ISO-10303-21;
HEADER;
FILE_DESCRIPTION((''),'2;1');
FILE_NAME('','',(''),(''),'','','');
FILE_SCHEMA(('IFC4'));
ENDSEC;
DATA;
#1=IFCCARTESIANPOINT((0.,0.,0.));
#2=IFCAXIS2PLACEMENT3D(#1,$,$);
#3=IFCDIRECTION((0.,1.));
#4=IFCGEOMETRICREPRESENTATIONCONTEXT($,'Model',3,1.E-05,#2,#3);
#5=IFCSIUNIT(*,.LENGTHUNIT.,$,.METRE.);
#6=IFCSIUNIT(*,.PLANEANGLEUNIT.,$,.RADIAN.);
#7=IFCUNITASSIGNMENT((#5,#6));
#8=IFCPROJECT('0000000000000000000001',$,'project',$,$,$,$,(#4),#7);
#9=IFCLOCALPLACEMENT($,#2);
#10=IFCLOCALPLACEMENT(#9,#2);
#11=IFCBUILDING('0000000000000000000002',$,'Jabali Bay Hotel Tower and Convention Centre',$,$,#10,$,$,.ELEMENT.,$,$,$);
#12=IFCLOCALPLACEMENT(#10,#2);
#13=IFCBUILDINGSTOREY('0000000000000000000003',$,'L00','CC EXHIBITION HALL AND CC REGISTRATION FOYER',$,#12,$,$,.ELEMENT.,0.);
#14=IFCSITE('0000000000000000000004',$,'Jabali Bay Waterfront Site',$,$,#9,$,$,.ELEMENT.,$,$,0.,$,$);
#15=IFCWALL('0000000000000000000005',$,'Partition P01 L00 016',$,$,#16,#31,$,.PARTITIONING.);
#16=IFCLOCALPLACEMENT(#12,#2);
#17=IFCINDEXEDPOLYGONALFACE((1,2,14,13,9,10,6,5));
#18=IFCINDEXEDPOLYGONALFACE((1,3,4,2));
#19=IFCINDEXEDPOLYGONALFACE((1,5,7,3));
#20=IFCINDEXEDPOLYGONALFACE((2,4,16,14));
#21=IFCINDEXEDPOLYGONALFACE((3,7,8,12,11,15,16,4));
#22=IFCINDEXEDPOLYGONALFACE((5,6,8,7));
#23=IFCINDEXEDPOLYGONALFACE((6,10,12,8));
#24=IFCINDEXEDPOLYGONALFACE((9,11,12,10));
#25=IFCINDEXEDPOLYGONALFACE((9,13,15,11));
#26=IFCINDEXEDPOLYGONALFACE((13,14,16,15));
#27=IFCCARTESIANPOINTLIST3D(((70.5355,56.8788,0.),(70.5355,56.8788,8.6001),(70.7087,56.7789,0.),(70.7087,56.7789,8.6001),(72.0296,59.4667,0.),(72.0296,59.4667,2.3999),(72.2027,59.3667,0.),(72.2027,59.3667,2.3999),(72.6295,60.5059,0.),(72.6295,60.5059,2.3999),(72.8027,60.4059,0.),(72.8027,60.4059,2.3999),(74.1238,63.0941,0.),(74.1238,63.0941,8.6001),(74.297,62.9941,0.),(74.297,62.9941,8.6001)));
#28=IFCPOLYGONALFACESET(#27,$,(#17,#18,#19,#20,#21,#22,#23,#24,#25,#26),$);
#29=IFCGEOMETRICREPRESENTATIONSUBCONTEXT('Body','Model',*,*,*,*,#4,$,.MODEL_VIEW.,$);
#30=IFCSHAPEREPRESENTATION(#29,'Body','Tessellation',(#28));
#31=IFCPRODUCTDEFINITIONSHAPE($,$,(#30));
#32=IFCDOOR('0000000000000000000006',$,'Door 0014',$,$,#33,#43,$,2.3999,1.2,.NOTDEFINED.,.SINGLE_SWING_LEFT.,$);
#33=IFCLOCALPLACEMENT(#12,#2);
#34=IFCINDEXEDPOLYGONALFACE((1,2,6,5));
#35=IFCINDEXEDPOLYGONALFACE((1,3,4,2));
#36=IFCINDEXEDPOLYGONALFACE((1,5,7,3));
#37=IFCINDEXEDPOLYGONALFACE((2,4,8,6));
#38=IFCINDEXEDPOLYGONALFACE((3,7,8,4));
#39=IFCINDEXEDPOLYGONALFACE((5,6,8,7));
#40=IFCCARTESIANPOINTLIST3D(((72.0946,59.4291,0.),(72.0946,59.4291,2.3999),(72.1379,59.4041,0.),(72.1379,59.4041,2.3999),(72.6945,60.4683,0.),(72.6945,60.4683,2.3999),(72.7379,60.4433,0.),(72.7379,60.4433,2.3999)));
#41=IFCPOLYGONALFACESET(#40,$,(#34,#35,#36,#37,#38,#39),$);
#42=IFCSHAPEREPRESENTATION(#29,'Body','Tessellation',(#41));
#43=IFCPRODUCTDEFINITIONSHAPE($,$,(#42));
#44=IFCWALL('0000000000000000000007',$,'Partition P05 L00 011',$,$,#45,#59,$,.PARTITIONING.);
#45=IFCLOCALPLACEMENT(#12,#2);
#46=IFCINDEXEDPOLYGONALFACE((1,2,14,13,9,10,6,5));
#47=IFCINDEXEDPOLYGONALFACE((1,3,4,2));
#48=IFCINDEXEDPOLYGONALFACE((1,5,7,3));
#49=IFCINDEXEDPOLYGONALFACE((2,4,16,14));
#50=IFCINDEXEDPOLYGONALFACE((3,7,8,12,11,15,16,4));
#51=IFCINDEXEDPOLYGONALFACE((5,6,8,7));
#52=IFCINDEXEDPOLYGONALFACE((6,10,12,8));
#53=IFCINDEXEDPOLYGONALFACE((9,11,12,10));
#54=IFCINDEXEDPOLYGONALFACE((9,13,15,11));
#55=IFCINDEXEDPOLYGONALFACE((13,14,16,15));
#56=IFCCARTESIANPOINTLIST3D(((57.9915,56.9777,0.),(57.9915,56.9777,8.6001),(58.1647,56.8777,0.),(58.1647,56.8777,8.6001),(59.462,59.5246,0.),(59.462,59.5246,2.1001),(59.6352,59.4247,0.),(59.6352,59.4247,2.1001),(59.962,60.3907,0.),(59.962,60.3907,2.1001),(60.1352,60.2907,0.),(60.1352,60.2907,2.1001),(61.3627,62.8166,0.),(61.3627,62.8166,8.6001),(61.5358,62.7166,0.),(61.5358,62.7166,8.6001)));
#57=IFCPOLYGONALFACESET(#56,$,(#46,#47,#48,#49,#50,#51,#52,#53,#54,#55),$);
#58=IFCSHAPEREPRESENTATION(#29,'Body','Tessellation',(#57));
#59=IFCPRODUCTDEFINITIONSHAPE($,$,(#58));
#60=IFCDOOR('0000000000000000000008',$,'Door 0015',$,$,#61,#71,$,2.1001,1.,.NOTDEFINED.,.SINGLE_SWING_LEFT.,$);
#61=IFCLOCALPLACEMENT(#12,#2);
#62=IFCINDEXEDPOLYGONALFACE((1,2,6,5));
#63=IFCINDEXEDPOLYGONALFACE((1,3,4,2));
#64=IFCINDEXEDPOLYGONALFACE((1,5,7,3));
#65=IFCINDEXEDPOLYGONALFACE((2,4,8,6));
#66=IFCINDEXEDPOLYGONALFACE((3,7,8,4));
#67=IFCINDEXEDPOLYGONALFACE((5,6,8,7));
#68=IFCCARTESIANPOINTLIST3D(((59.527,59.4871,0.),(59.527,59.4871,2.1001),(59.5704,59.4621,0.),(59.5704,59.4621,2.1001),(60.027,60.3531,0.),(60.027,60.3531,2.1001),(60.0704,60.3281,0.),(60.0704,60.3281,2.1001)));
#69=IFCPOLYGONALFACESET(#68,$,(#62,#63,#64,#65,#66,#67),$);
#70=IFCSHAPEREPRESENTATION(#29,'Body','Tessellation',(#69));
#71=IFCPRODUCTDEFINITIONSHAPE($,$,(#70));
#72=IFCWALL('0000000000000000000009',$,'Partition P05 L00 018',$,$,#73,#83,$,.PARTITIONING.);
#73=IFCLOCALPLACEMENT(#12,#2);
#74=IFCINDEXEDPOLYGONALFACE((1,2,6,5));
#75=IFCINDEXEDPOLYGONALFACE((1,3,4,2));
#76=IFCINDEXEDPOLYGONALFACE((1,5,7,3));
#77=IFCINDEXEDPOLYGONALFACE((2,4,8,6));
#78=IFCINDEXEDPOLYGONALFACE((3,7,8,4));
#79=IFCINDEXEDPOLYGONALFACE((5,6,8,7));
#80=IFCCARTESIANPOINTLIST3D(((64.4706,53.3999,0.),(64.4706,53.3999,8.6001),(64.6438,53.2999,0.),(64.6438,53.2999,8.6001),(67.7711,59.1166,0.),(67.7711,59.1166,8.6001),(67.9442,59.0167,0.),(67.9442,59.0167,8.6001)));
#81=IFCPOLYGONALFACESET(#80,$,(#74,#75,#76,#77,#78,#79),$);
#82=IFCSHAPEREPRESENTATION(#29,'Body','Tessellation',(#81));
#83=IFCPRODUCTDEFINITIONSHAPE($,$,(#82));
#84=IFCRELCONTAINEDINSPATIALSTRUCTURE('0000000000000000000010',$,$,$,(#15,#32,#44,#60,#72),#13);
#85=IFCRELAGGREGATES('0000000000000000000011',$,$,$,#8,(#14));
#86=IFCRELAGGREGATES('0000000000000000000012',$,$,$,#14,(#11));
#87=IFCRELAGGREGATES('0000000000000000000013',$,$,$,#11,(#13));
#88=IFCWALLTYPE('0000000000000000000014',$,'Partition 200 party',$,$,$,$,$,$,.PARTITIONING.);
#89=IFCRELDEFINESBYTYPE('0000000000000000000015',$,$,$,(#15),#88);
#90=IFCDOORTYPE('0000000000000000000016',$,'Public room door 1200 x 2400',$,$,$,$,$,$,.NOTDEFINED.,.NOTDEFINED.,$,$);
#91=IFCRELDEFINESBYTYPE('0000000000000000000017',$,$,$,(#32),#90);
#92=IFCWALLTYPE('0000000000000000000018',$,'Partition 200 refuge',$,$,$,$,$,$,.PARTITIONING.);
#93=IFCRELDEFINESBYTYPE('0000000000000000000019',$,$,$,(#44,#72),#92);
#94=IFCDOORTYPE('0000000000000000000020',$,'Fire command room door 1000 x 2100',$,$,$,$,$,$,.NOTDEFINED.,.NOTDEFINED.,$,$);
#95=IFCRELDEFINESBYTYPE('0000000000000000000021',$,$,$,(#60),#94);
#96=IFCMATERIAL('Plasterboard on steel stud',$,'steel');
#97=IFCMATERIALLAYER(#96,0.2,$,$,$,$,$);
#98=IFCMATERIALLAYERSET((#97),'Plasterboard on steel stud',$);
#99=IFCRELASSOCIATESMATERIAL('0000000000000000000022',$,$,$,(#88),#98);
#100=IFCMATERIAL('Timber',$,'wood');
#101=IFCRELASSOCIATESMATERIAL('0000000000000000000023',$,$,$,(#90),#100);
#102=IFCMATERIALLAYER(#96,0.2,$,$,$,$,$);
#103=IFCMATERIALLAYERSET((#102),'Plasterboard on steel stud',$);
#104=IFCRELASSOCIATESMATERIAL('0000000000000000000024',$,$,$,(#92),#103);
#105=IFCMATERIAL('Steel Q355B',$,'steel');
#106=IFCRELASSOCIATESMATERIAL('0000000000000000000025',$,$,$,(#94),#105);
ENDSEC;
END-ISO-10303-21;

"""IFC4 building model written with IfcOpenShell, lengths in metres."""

from ifc_helpers import new_model, si_unit, direction, frame, frame_2d, origin, place, context, subcontext, project, spatial, rectangle, extrude, material, layer, layer_set, type_object, element, fill, save


model = new_model("IFC4")

# Units and contexts
model_context = context("Model", 3, precision=1e-05, world=origin(), true_north=direction((0.0, 1.0)))
body_context = subcontext(model_context, "Body", "Model", "MODEL_VIEW")
ifc_project = project(units=[si_unit("LENGTHUNIT", "METRE"), si_unit("PLANEANGLEUNIT", "RADIAN")], contexts=[model_context])

# Site, building, storey
site_placement = place(None, origin())
site = spatial("IfcSite", under=ifc_project, at=site_placement, Name="Jabali Bay Waterfront Site", CompositionType="ELEMENT", RefElevation=0.0)
building_placement = place(site_placement, origin())
building = spatial("IfcBuilding", under=site, at=building_placement, Name="Jabali Bay Hotel Tower and Convention Centre", CompositionType="ELEMENT")
storey_placement = place(building_placement, origin())
storey = spatial("IfcBuildingStorey", under=building, at=storey_placement, Name="L00", Description="CC EXHIBITION HALL AND CC REGISTRATION FOYER", CompositionType="ELEMENT", Elevation=0.0)

# Walls, openings, doors
ifc_material_1 = material(Name="Plasterboard on steel stud", Category="steel")
ifc_layer_1 = layer(ifc_material_1, 0.2)
ifc_layer_set_1 = layer_set([ifc_layer_1], Name="Plasterboard on steel stud")
wall_type_1 = type_object("IfcWallType", Name="Partition 200 party", PredefinedType="PARTITIONING", material=ifc_layer_set_1)
wall_1_placement = place(storey_placement, frame((70.6221, 56.8289, 0.0), z_axis=(0.0, 0.0, 1.0), x_axis=(0.499995, 0.866028, 0.0)))
wall_1 = element("IfcWall", 1, at=wall_1_placement, inside=storey, type_object=wall_type_1, Name="Partition P01 L00 016", PredefinedType="PARTITIONING", context=body_context, shape_type="SweptSolid", body=[
    extrude(rectangle(XDim=7.1768, YDim=0.2, at=frame_2d((3.5884, 0.0))), origin(), (0.0, 0.0, 1.0), 8.6001),
])
opening_1_placement = place(wall_1_placement, frame((2.988, 0.0, 0.0)))
opening_1 = element("IfcOpeningElement", 2, at=opening_1_placement, cuts=wall_1, PredefinedType="OPENING", context=body_context, shape_type="SweptSolid", body=[
    extrude(rectangle(XDim=1.2, YDim=2.3999, at=frame_2d((0.6001, 1.2))), frame((0.0, 0.1104, 0.0), z_axis=(0.0, -1.0, 0.0), x_axis=(1.0, 0.0, 0.0)), (0.0, 0.0, 1.0), 0.2209),
])
ifc_material_2 = material(Name="Timber", Category="wood")
door_type_1 = type_object("IfcDoorType", Name="Public room door 1200 x 2400", OperationType="NOTDEFINED", PredefinedType="NOTDEFINED", material=ifc_material_2)
door_1_placement = place(opening_1_placement, origin())
door_1 = element("IfcDoor", 3, at=door_1_placement, inside=storey, type_object=door_type_1, Name="Door 0014", OperationType="SINGLE_SWING_LEFT", OverallHeight=2.3999, OverallWidth=1.2, PredefinedType="NOTDEFINED", context=body_context, shape_type="SweptSolid", body=[
    extrude(rectangle(XDim=1.2, YDim=2.3999, at=frame_2d((0.6001, 1.2))), frame((0.0, 0.0249, 0.0), z_axis=(0.0, -1.0, 0.0), x_axis=(1.0, 0.0, 0.0)), (0.0, 0.0, 1.0), 0.05),
])
fill(opening_1, door_1)
ifc_layer_2 = layer(ifc_material_1, 0.2)
ifc_layer_set_2 = layer_set([ifc_layer_2], Name="Plasterboard on steel stud")
wall_type_2 = type_object("IfcWallType", Name="Partition 200 refuge", PredefinedType="PARTITIONING", material=ifc_layer_set_2)
wall_2_placement = place(storey_placement, frame((58.0781, 56.9277, 0.0), z_axis=(0.0, 0.0, 1.0), x_axis=(0.500002, 0.866024, 0.0)))
wall_2 = element("IfcWall", 4, at=wall_2_placement, inside=storey, type_object=wall_type_2, Name="Partition P05 L00 011", PredefinedType="PARTITIONING", context=body_context, shape_type="SweptSolid", body=[
    extrude(rectangle(XDim=6.7422, YDim=0.2, at=frame_2d((3.3711, 0.0))), origin(), (0.0, 0.0, 1.0), 8.6001),
])
opening_2_placement = place(wall_2_placement, frame((2.9409, 0.0, 0.0)))
opening_2 = element("IfcOpeningElement", 5, at=opening_2_placement, cuts=wall_2, PredefinedType="OPENING", context=body_context, shape_type="SweptSolid", body=[
    extrude(rectangle(XDim=1.0, YDim=2.1001, at=frame_2d((0.5, 1.05))), frame((0.0, 0.1104, 0.0), z_axis=(0.0, -1.0, 0.0), x_axis=(1.0, 0.0, 0.0)), (0.0, 0.0, 1.0), 0.2209),
])
ifc_material_3 = material(Name="Steel Q355B", Category="steel")
door_type_2 = type_object("IfcDoorType", Name="Fire command room door 1000 x 2100", OperationType="NOTDEFINED", PredefinedType="NOTDEFINED", material=ifc_material_3)
door_2_placement = place(opening_2_placement, origin())
door_2 = element("IfcDoor", 6, at=door_2_placement, inside=storey, type_object=door_type_2, Name="Door 0015", OperationType="SINGLE_SWING_LEFT", OverallHeight=2.1001, OverallWidth=1.0, PredefinedType="NOTDEFINED", context=body_context, shape_type="SweptSolid", body=[
    extrude(rectangle(XDim=1.0, YDim=2.1001, at=frame_2d((0.5, 1.05))), frame((0.0, 0.0249, 0.0), z_axis=(0.0, -1.0, 0.0), x_axis=(1.0, 0.0, 0.0)), (0.0, 0.0, 1.0), 0.05),
])
fill(opening_2, door_2)

# Wall
wall_3_placement = place(storey_placement, frame((67.8577, 59.0667, 0.0), z_axis=(0.0, 0.0, 1.0), x_axis=(-0.499994, -0.866029, 0.0)))
element("IfcWall", 7, at=wall_3_placement, inside=storey, type_object=wall_type_2, Name="Partition P05 L00 018", PredefinedType="PARTITIONING", context=body_context, shape_type="SweptSolid", body=[
    extrude(rectangle(XDim=6.6011, YDim=0.2, at=frame_2d((3.3005, 0.0))), origin(), (0.0, 0.0, 1.0), 8.6001),
])

save(model, "model.ifc")
